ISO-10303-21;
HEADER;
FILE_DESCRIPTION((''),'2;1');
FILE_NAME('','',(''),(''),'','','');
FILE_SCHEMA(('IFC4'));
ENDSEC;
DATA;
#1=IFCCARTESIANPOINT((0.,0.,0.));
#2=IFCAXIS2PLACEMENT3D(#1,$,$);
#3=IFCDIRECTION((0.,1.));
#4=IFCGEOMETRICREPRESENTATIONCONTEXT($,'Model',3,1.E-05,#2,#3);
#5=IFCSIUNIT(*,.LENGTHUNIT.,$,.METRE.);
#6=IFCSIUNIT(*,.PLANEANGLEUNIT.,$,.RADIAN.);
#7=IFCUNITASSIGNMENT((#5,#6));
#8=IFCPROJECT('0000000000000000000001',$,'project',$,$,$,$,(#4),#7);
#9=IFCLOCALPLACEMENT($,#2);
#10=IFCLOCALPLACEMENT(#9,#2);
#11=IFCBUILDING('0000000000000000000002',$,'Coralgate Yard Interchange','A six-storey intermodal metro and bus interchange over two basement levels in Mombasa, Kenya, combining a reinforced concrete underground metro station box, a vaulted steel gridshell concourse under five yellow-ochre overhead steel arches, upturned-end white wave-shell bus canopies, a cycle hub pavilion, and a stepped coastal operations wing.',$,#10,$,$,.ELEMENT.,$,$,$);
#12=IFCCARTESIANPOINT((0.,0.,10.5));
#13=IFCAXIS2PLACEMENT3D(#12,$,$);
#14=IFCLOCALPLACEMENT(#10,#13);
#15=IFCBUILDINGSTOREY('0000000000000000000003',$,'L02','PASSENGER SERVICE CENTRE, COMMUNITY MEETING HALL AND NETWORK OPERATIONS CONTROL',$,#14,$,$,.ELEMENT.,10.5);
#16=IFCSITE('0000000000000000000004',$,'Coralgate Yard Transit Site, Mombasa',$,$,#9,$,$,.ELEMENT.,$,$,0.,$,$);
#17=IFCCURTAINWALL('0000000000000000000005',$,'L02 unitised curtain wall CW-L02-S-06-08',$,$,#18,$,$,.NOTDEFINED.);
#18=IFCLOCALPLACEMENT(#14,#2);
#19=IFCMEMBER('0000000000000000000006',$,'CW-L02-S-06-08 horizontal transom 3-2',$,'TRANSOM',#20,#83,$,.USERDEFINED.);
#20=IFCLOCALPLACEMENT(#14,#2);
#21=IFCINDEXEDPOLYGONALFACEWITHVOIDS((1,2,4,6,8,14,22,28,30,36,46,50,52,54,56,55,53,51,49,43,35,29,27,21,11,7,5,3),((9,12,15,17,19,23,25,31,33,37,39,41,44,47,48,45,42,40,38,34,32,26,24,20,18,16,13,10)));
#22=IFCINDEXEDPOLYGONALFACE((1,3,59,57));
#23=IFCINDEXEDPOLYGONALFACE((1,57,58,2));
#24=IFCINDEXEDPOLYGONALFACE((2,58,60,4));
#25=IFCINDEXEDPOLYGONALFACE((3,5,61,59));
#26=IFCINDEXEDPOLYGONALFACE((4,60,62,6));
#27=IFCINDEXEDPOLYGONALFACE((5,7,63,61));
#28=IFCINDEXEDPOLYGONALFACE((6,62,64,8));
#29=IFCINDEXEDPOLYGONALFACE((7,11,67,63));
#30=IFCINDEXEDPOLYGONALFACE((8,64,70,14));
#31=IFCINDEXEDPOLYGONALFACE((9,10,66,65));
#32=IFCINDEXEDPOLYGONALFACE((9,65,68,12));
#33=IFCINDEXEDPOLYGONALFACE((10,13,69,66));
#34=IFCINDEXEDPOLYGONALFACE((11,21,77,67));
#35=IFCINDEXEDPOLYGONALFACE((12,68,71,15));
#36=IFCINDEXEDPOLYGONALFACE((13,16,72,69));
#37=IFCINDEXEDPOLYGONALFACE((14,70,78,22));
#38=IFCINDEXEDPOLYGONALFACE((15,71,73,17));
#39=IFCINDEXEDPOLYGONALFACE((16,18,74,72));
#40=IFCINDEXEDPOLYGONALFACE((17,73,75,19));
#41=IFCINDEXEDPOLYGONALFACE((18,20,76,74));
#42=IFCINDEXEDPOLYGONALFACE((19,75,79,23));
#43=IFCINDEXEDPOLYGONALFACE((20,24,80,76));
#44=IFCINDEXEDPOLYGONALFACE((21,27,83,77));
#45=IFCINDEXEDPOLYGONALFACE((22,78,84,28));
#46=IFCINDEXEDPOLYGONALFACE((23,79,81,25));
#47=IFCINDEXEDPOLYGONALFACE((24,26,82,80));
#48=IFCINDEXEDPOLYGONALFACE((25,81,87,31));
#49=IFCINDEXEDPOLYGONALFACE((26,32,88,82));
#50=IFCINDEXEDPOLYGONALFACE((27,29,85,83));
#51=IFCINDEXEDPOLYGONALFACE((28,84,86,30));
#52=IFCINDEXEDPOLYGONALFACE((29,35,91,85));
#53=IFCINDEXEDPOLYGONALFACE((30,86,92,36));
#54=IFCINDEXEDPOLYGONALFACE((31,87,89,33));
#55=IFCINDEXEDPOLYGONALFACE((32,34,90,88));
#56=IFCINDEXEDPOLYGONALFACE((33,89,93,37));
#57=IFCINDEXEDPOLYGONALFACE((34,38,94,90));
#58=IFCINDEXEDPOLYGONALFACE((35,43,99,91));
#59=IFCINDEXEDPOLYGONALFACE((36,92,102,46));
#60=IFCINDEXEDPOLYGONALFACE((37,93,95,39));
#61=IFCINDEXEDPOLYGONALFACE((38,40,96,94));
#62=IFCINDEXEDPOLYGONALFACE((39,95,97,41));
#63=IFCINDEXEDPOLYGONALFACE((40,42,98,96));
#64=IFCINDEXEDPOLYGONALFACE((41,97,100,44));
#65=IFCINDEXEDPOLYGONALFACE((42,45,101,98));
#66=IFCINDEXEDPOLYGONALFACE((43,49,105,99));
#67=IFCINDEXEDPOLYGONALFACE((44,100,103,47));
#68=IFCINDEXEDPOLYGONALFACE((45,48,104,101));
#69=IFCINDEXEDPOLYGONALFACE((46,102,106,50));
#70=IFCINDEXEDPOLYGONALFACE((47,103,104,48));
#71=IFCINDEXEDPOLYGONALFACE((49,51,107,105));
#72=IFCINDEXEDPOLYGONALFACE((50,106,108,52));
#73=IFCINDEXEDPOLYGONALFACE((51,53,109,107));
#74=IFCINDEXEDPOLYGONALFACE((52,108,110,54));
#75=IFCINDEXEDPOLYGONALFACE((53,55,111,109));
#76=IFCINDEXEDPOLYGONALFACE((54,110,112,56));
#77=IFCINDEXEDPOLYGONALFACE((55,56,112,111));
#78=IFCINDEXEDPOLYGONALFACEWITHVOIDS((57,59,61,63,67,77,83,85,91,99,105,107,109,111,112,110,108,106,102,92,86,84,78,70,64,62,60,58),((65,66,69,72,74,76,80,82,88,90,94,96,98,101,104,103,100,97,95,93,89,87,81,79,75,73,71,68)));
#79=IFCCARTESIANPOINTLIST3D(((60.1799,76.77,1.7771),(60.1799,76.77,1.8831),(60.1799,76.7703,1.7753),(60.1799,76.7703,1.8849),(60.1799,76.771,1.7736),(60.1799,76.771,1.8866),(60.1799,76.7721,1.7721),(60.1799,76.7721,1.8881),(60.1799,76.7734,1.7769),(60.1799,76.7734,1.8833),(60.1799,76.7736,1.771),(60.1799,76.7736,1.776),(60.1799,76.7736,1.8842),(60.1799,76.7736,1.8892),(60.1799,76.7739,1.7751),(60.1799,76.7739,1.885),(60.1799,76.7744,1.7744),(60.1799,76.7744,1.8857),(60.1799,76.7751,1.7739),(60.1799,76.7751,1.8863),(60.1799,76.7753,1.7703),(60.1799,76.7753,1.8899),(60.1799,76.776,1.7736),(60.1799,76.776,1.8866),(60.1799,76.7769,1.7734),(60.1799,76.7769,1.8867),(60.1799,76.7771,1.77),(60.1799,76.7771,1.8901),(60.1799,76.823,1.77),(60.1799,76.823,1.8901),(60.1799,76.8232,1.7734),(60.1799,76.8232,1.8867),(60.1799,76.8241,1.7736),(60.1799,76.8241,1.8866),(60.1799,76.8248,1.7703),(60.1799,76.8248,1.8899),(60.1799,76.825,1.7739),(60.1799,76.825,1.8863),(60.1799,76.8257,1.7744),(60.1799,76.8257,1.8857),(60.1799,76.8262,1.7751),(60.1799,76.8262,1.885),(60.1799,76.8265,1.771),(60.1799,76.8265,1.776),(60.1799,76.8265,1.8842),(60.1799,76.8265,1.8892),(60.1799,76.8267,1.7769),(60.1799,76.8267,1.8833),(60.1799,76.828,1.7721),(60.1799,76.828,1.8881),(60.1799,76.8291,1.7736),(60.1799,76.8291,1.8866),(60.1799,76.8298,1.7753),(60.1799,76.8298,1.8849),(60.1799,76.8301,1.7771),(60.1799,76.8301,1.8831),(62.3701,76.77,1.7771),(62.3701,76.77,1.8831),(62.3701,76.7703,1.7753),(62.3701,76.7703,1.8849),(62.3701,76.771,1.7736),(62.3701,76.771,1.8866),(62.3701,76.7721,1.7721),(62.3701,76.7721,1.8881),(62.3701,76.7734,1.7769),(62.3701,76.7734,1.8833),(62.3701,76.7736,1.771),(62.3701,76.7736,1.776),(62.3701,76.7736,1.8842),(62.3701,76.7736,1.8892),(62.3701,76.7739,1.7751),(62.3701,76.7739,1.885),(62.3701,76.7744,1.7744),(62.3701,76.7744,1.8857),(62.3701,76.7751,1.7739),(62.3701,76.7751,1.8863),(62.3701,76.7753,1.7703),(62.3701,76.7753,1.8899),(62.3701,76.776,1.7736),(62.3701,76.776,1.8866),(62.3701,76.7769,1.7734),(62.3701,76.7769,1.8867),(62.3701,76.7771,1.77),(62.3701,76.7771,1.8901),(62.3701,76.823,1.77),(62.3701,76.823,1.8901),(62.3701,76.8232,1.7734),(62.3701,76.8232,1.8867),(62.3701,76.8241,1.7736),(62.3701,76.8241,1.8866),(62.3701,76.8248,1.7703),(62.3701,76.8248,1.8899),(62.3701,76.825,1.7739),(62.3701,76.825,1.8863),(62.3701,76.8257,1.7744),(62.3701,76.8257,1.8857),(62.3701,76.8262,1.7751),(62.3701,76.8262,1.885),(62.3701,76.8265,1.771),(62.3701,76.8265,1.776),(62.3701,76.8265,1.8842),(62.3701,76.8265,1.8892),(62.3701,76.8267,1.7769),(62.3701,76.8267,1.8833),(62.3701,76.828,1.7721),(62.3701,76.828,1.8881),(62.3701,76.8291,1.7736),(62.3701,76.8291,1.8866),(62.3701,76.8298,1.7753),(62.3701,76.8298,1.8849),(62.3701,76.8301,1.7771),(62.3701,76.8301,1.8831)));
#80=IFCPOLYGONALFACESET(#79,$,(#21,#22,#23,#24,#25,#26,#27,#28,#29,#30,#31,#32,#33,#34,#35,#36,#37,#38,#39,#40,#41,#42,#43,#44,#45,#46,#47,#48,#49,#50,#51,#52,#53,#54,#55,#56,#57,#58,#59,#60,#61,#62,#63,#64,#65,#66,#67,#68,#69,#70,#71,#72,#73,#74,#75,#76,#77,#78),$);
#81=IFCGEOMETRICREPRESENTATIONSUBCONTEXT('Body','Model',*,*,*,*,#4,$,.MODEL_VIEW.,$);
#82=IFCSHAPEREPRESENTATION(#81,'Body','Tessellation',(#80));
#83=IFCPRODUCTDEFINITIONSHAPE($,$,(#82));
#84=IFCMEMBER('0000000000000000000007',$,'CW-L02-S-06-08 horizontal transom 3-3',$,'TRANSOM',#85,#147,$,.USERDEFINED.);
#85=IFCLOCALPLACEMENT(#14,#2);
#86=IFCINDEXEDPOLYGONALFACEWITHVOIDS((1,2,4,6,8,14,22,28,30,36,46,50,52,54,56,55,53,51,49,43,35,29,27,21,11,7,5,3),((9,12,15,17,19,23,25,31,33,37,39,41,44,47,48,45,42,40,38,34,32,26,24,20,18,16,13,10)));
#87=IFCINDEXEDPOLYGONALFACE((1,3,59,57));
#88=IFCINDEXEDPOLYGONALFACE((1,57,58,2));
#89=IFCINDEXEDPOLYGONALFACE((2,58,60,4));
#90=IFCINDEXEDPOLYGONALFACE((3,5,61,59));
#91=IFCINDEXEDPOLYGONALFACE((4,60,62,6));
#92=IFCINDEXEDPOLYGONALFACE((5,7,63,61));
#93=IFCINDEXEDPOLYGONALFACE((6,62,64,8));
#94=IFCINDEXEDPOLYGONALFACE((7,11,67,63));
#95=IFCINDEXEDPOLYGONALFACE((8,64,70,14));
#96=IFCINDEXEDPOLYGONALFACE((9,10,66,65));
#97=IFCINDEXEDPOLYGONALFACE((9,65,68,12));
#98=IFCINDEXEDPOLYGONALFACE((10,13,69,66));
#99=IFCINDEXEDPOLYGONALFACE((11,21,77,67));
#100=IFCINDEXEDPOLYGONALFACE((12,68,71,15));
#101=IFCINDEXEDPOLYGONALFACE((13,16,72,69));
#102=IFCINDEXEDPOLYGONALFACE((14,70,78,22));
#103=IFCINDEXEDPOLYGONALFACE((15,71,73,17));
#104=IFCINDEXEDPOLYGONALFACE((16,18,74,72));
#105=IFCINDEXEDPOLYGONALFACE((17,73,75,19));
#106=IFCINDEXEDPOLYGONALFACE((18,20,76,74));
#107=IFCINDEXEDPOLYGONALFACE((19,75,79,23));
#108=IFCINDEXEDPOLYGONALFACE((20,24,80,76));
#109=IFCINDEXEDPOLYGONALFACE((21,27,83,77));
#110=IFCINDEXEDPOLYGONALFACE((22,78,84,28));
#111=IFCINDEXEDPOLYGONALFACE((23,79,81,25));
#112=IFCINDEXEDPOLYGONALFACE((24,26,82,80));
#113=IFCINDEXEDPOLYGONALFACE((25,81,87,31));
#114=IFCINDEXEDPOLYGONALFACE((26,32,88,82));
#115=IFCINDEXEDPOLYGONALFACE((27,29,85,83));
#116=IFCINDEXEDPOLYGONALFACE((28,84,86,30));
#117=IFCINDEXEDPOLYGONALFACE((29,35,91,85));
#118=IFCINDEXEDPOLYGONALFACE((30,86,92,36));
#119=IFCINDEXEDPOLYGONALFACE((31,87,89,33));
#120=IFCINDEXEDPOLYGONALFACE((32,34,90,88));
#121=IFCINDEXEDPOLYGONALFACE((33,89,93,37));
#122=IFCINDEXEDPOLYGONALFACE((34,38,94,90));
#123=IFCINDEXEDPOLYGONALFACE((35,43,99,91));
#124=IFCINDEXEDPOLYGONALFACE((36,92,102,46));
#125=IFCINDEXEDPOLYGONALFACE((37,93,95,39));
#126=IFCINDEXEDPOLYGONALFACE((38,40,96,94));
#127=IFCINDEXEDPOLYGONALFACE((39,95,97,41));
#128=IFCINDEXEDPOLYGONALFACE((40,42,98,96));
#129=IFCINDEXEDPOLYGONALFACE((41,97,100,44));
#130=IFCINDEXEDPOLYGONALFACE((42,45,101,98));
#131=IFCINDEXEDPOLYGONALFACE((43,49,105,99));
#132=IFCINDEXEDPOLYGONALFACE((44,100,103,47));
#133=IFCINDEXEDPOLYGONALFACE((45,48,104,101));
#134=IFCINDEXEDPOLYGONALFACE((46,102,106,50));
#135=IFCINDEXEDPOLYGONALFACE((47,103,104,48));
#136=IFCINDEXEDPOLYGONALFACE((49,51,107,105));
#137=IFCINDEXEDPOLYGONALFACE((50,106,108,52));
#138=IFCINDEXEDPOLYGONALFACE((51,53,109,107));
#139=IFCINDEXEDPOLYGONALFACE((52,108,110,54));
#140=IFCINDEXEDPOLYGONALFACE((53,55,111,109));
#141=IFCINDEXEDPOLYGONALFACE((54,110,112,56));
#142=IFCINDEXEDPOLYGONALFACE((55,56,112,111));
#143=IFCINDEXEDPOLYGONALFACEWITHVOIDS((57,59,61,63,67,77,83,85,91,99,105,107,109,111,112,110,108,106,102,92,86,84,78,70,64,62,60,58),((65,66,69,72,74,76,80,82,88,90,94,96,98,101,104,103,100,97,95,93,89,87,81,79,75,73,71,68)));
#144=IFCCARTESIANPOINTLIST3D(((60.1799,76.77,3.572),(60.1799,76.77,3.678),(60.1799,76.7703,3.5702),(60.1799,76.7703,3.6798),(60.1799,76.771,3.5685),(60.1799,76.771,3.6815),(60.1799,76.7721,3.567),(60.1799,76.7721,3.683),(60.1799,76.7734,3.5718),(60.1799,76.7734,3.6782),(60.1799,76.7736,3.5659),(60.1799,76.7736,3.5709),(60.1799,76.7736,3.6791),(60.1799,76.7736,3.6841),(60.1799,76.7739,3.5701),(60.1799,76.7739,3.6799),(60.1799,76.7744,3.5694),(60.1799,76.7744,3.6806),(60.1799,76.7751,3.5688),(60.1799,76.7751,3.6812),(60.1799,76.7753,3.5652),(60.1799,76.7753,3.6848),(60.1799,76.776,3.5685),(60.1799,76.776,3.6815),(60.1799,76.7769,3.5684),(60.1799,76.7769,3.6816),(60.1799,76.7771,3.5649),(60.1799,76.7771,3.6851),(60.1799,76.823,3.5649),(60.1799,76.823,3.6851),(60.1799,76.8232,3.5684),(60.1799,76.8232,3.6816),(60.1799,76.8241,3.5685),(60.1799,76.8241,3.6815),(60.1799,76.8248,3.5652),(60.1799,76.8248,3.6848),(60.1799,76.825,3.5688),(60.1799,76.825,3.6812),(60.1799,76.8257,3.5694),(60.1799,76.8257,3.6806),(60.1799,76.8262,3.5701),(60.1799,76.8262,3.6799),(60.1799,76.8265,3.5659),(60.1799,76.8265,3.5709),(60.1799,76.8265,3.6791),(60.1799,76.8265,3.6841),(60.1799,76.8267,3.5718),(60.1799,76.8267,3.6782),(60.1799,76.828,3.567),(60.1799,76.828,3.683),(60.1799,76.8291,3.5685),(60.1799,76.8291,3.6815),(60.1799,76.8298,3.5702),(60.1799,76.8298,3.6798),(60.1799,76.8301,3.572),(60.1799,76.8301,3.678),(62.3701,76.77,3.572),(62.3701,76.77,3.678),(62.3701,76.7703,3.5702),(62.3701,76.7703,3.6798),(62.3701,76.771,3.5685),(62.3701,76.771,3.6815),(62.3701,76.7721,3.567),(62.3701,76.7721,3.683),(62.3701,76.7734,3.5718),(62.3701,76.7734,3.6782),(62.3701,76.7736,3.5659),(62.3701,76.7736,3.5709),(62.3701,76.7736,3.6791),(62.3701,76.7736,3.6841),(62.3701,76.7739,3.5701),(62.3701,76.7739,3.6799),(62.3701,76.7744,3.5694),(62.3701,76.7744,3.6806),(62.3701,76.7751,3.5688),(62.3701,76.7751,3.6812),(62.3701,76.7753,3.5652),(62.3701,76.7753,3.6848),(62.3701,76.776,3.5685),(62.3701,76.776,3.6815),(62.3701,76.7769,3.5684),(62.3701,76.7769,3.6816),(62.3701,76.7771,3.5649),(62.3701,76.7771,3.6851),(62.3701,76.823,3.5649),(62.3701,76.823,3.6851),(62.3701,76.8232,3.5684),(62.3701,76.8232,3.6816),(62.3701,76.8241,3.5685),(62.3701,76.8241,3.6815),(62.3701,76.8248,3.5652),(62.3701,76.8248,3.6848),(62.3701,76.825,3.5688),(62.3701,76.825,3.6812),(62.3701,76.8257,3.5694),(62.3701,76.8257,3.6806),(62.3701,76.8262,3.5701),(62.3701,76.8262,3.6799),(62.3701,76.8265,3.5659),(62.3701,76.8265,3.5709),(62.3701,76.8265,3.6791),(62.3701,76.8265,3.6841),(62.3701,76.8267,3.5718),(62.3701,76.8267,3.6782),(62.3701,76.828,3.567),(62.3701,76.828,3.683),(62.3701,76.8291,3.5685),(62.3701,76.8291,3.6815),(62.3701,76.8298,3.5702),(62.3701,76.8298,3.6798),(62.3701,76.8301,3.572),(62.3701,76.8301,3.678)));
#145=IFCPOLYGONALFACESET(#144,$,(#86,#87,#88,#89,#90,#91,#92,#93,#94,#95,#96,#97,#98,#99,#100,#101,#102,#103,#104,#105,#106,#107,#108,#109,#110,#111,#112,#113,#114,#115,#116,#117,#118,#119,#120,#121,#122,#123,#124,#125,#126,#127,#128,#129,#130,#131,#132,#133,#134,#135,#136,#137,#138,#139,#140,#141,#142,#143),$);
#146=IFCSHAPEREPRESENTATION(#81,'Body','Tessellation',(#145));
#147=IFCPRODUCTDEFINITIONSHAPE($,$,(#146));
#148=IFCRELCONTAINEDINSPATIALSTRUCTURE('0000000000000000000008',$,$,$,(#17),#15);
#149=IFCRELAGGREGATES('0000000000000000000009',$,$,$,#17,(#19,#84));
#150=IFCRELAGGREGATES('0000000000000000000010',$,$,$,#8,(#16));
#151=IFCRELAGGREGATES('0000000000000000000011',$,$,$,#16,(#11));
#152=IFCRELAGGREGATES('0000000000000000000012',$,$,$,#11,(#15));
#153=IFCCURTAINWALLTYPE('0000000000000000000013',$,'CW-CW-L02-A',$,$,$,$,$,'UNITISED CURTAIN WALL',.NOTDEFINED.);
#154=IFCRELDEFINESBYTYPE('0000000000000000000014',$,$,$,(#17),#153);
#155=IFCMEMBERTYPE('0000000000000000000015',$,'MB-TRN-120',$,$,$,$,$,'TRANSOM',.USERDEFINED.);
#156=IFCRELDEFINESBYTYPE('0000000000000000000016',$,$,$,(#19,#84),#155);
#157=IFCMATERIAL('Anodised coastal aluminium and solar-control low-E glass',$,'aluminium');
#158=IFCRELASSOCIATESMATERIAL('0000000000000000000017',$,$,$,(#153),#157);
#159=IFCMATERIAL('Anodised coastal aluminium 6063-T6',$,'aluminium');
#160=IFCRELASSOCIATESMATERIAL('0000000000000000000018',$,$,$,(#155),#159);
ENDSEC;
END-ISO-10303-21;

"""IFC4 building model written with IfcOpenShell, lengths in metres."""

from ifc_helpers import new_model, si_unit, direction, frame, origin, origin_2d, place, context, subcontext, project, spatial, hollow_rectangle, extrude, material, material_profile, profile_set, type_object, element, aggregate, save


model = new_model("IFC4")

# Units and contexts
model_context = context("Model", 3, precision=1e-05, world=origin(), true_north=direction((0.0, 1.0)))
body_context = subcontext(model_context, "Body", "Model", "MODEL_VIEW")
ifc_project = project(units=[si_unit("LENGTHUNIT", "METRE"), si_unit("PLANEANGLEUNIT", "RADIAN")], contexts=[model_context])

# Site, building, storey
site_placement = place(None, origin())
site = spatial("IfcSite", under=ifc_project, at=site_placement, Name="Coralgate Yard Transit Site, Mombasa", CompositionType="ELEMENT", RefElevation=0.0)
building_placement = place(site_placement, origin())
building = spatial("IfcBuilding", under=site, at=building_placement, Name="Coralgate Yard Interchange", Description="A six-storey intermodal metro and bus interchange over two basement levels in Mombasa, Kenya, combining a reinforced concrete underground metro station box, a vaulted steel gridshell concourse under five yellow-ochre overhead steel arches, upturned-end white wave-shell bus canopies, a cycle hub pavilion, and a stepped coastal operations wing.", CompositionType="ELEMENT")
storey_placement = place(building_placement, frame((0.0, 0.0, 10.5)))
storey = spatial("IfcBuildingStorey", under=building, at=storey_placement, Name="L02", Description="PASSENGER SERVICE CENTRE, COMMUNITY MEETING HALL AND NETWORK OPERATIONS CONTROL", CompositionType="ELEMENT", Elevation=10.5)

# Curtain wall, members
ifc_material_1 = material(Name="Anodised coastal aluminium and solar-control low-E glass", Category="aluminium")
curtain_wall_type = type_object("IfcCurtainWallType", Name="CW-CW-L02-A", ElementType="UNITISED CURTAIN WALL", PredefinedType="NOTDEFINED", material=ifc_material_1)
curtain_wall_placement = place(storey_placement, origin())
curtain_wall = element("IfcCurtainWall", 1, at=curtain_wall_placement, inside=storey, type_object=curtain_wall_type, Name="L02 unitised curtain wall CW-L02-S-06-08", PredefinedType="NOTDEFINED")
ifc_material_2 = material(Name="Anodised coastal aluminium 6063-T6", Category="aluminium")
ifc_material_profile_1 = material_profile(ifc_material_2, hollow_rectangle(XDim=0.0601, YDim=0.1201, WallThickness=0.0034, InnerFilletRadius=0.0034, OuterFilletRadius=0.0071, at=origin_2d()), Name="ALU 60x120x3.5")
ifc_profile_set_1 = profile_set([ifc_material_profile_1], Name="Anodised coastal aluminium 6063-T6")
member_type_1 = type_object("IfcMemberType", Name="MB-TRN-120", ElementType="TRANSOM", PredefinedType="USERDEFINED", material=ifc_profile_set_1)
member_1_placement = place(storey_placement, frame((62.3701, 76.8, 1.8301), z_axis=(-1.0, 0.0, 0.0), x_axis=(0.0, -1.0, 0.0)))
member_1 = element("IfcMember", 2, at=member_1_placement, type_object=member_type_1, Name="CW-L02-S-06-08 horizontal transom 3-2", ObjectType="TRANSOM", PredefinedType="USERDEFINED", context=body_context, shape_type="SweptSolid", body=[
    extrude(hollow_rectangle(XDim=0.0601, YDim=0.1201, WallThickness=0.0034, InnerFilletRadius=0.0034, OuterFilletRadius=0.0071, at=origin_2d()), origin(), (0.0, 0.0, 1.0), 2.1902),
])
member_2_placement = place(storey_placement, frame((62.3701, 76.8, 3.625), z_axis=(-1.0, 0.0, 0.0), x_axis=(0.0, -1.0, 0.0)))
member_2 = element("IfcMember", 3, at=member_2_placement, type_object=member_type_1, Name="CW-L02-S-06-08 horizontal transom 3-3", ObjectType="TRANSOM", PredefinedType="USERDEFINED", context=body_context, shape_type="SweptSolid", body=[
    extrude(hollow_rectangle(XDim=0.0601, YDim=0.1201, WallThickness=0.0034, InnerFilletRadius=0.0034, OuterFilletRadius=0.0071, at=origin_2d()), origin(), (0.0, 0.0, 1.0), 2.1902),
])
aggregate(curtain_wall, [member_1, member_2])

save(model, "model.ifc")
